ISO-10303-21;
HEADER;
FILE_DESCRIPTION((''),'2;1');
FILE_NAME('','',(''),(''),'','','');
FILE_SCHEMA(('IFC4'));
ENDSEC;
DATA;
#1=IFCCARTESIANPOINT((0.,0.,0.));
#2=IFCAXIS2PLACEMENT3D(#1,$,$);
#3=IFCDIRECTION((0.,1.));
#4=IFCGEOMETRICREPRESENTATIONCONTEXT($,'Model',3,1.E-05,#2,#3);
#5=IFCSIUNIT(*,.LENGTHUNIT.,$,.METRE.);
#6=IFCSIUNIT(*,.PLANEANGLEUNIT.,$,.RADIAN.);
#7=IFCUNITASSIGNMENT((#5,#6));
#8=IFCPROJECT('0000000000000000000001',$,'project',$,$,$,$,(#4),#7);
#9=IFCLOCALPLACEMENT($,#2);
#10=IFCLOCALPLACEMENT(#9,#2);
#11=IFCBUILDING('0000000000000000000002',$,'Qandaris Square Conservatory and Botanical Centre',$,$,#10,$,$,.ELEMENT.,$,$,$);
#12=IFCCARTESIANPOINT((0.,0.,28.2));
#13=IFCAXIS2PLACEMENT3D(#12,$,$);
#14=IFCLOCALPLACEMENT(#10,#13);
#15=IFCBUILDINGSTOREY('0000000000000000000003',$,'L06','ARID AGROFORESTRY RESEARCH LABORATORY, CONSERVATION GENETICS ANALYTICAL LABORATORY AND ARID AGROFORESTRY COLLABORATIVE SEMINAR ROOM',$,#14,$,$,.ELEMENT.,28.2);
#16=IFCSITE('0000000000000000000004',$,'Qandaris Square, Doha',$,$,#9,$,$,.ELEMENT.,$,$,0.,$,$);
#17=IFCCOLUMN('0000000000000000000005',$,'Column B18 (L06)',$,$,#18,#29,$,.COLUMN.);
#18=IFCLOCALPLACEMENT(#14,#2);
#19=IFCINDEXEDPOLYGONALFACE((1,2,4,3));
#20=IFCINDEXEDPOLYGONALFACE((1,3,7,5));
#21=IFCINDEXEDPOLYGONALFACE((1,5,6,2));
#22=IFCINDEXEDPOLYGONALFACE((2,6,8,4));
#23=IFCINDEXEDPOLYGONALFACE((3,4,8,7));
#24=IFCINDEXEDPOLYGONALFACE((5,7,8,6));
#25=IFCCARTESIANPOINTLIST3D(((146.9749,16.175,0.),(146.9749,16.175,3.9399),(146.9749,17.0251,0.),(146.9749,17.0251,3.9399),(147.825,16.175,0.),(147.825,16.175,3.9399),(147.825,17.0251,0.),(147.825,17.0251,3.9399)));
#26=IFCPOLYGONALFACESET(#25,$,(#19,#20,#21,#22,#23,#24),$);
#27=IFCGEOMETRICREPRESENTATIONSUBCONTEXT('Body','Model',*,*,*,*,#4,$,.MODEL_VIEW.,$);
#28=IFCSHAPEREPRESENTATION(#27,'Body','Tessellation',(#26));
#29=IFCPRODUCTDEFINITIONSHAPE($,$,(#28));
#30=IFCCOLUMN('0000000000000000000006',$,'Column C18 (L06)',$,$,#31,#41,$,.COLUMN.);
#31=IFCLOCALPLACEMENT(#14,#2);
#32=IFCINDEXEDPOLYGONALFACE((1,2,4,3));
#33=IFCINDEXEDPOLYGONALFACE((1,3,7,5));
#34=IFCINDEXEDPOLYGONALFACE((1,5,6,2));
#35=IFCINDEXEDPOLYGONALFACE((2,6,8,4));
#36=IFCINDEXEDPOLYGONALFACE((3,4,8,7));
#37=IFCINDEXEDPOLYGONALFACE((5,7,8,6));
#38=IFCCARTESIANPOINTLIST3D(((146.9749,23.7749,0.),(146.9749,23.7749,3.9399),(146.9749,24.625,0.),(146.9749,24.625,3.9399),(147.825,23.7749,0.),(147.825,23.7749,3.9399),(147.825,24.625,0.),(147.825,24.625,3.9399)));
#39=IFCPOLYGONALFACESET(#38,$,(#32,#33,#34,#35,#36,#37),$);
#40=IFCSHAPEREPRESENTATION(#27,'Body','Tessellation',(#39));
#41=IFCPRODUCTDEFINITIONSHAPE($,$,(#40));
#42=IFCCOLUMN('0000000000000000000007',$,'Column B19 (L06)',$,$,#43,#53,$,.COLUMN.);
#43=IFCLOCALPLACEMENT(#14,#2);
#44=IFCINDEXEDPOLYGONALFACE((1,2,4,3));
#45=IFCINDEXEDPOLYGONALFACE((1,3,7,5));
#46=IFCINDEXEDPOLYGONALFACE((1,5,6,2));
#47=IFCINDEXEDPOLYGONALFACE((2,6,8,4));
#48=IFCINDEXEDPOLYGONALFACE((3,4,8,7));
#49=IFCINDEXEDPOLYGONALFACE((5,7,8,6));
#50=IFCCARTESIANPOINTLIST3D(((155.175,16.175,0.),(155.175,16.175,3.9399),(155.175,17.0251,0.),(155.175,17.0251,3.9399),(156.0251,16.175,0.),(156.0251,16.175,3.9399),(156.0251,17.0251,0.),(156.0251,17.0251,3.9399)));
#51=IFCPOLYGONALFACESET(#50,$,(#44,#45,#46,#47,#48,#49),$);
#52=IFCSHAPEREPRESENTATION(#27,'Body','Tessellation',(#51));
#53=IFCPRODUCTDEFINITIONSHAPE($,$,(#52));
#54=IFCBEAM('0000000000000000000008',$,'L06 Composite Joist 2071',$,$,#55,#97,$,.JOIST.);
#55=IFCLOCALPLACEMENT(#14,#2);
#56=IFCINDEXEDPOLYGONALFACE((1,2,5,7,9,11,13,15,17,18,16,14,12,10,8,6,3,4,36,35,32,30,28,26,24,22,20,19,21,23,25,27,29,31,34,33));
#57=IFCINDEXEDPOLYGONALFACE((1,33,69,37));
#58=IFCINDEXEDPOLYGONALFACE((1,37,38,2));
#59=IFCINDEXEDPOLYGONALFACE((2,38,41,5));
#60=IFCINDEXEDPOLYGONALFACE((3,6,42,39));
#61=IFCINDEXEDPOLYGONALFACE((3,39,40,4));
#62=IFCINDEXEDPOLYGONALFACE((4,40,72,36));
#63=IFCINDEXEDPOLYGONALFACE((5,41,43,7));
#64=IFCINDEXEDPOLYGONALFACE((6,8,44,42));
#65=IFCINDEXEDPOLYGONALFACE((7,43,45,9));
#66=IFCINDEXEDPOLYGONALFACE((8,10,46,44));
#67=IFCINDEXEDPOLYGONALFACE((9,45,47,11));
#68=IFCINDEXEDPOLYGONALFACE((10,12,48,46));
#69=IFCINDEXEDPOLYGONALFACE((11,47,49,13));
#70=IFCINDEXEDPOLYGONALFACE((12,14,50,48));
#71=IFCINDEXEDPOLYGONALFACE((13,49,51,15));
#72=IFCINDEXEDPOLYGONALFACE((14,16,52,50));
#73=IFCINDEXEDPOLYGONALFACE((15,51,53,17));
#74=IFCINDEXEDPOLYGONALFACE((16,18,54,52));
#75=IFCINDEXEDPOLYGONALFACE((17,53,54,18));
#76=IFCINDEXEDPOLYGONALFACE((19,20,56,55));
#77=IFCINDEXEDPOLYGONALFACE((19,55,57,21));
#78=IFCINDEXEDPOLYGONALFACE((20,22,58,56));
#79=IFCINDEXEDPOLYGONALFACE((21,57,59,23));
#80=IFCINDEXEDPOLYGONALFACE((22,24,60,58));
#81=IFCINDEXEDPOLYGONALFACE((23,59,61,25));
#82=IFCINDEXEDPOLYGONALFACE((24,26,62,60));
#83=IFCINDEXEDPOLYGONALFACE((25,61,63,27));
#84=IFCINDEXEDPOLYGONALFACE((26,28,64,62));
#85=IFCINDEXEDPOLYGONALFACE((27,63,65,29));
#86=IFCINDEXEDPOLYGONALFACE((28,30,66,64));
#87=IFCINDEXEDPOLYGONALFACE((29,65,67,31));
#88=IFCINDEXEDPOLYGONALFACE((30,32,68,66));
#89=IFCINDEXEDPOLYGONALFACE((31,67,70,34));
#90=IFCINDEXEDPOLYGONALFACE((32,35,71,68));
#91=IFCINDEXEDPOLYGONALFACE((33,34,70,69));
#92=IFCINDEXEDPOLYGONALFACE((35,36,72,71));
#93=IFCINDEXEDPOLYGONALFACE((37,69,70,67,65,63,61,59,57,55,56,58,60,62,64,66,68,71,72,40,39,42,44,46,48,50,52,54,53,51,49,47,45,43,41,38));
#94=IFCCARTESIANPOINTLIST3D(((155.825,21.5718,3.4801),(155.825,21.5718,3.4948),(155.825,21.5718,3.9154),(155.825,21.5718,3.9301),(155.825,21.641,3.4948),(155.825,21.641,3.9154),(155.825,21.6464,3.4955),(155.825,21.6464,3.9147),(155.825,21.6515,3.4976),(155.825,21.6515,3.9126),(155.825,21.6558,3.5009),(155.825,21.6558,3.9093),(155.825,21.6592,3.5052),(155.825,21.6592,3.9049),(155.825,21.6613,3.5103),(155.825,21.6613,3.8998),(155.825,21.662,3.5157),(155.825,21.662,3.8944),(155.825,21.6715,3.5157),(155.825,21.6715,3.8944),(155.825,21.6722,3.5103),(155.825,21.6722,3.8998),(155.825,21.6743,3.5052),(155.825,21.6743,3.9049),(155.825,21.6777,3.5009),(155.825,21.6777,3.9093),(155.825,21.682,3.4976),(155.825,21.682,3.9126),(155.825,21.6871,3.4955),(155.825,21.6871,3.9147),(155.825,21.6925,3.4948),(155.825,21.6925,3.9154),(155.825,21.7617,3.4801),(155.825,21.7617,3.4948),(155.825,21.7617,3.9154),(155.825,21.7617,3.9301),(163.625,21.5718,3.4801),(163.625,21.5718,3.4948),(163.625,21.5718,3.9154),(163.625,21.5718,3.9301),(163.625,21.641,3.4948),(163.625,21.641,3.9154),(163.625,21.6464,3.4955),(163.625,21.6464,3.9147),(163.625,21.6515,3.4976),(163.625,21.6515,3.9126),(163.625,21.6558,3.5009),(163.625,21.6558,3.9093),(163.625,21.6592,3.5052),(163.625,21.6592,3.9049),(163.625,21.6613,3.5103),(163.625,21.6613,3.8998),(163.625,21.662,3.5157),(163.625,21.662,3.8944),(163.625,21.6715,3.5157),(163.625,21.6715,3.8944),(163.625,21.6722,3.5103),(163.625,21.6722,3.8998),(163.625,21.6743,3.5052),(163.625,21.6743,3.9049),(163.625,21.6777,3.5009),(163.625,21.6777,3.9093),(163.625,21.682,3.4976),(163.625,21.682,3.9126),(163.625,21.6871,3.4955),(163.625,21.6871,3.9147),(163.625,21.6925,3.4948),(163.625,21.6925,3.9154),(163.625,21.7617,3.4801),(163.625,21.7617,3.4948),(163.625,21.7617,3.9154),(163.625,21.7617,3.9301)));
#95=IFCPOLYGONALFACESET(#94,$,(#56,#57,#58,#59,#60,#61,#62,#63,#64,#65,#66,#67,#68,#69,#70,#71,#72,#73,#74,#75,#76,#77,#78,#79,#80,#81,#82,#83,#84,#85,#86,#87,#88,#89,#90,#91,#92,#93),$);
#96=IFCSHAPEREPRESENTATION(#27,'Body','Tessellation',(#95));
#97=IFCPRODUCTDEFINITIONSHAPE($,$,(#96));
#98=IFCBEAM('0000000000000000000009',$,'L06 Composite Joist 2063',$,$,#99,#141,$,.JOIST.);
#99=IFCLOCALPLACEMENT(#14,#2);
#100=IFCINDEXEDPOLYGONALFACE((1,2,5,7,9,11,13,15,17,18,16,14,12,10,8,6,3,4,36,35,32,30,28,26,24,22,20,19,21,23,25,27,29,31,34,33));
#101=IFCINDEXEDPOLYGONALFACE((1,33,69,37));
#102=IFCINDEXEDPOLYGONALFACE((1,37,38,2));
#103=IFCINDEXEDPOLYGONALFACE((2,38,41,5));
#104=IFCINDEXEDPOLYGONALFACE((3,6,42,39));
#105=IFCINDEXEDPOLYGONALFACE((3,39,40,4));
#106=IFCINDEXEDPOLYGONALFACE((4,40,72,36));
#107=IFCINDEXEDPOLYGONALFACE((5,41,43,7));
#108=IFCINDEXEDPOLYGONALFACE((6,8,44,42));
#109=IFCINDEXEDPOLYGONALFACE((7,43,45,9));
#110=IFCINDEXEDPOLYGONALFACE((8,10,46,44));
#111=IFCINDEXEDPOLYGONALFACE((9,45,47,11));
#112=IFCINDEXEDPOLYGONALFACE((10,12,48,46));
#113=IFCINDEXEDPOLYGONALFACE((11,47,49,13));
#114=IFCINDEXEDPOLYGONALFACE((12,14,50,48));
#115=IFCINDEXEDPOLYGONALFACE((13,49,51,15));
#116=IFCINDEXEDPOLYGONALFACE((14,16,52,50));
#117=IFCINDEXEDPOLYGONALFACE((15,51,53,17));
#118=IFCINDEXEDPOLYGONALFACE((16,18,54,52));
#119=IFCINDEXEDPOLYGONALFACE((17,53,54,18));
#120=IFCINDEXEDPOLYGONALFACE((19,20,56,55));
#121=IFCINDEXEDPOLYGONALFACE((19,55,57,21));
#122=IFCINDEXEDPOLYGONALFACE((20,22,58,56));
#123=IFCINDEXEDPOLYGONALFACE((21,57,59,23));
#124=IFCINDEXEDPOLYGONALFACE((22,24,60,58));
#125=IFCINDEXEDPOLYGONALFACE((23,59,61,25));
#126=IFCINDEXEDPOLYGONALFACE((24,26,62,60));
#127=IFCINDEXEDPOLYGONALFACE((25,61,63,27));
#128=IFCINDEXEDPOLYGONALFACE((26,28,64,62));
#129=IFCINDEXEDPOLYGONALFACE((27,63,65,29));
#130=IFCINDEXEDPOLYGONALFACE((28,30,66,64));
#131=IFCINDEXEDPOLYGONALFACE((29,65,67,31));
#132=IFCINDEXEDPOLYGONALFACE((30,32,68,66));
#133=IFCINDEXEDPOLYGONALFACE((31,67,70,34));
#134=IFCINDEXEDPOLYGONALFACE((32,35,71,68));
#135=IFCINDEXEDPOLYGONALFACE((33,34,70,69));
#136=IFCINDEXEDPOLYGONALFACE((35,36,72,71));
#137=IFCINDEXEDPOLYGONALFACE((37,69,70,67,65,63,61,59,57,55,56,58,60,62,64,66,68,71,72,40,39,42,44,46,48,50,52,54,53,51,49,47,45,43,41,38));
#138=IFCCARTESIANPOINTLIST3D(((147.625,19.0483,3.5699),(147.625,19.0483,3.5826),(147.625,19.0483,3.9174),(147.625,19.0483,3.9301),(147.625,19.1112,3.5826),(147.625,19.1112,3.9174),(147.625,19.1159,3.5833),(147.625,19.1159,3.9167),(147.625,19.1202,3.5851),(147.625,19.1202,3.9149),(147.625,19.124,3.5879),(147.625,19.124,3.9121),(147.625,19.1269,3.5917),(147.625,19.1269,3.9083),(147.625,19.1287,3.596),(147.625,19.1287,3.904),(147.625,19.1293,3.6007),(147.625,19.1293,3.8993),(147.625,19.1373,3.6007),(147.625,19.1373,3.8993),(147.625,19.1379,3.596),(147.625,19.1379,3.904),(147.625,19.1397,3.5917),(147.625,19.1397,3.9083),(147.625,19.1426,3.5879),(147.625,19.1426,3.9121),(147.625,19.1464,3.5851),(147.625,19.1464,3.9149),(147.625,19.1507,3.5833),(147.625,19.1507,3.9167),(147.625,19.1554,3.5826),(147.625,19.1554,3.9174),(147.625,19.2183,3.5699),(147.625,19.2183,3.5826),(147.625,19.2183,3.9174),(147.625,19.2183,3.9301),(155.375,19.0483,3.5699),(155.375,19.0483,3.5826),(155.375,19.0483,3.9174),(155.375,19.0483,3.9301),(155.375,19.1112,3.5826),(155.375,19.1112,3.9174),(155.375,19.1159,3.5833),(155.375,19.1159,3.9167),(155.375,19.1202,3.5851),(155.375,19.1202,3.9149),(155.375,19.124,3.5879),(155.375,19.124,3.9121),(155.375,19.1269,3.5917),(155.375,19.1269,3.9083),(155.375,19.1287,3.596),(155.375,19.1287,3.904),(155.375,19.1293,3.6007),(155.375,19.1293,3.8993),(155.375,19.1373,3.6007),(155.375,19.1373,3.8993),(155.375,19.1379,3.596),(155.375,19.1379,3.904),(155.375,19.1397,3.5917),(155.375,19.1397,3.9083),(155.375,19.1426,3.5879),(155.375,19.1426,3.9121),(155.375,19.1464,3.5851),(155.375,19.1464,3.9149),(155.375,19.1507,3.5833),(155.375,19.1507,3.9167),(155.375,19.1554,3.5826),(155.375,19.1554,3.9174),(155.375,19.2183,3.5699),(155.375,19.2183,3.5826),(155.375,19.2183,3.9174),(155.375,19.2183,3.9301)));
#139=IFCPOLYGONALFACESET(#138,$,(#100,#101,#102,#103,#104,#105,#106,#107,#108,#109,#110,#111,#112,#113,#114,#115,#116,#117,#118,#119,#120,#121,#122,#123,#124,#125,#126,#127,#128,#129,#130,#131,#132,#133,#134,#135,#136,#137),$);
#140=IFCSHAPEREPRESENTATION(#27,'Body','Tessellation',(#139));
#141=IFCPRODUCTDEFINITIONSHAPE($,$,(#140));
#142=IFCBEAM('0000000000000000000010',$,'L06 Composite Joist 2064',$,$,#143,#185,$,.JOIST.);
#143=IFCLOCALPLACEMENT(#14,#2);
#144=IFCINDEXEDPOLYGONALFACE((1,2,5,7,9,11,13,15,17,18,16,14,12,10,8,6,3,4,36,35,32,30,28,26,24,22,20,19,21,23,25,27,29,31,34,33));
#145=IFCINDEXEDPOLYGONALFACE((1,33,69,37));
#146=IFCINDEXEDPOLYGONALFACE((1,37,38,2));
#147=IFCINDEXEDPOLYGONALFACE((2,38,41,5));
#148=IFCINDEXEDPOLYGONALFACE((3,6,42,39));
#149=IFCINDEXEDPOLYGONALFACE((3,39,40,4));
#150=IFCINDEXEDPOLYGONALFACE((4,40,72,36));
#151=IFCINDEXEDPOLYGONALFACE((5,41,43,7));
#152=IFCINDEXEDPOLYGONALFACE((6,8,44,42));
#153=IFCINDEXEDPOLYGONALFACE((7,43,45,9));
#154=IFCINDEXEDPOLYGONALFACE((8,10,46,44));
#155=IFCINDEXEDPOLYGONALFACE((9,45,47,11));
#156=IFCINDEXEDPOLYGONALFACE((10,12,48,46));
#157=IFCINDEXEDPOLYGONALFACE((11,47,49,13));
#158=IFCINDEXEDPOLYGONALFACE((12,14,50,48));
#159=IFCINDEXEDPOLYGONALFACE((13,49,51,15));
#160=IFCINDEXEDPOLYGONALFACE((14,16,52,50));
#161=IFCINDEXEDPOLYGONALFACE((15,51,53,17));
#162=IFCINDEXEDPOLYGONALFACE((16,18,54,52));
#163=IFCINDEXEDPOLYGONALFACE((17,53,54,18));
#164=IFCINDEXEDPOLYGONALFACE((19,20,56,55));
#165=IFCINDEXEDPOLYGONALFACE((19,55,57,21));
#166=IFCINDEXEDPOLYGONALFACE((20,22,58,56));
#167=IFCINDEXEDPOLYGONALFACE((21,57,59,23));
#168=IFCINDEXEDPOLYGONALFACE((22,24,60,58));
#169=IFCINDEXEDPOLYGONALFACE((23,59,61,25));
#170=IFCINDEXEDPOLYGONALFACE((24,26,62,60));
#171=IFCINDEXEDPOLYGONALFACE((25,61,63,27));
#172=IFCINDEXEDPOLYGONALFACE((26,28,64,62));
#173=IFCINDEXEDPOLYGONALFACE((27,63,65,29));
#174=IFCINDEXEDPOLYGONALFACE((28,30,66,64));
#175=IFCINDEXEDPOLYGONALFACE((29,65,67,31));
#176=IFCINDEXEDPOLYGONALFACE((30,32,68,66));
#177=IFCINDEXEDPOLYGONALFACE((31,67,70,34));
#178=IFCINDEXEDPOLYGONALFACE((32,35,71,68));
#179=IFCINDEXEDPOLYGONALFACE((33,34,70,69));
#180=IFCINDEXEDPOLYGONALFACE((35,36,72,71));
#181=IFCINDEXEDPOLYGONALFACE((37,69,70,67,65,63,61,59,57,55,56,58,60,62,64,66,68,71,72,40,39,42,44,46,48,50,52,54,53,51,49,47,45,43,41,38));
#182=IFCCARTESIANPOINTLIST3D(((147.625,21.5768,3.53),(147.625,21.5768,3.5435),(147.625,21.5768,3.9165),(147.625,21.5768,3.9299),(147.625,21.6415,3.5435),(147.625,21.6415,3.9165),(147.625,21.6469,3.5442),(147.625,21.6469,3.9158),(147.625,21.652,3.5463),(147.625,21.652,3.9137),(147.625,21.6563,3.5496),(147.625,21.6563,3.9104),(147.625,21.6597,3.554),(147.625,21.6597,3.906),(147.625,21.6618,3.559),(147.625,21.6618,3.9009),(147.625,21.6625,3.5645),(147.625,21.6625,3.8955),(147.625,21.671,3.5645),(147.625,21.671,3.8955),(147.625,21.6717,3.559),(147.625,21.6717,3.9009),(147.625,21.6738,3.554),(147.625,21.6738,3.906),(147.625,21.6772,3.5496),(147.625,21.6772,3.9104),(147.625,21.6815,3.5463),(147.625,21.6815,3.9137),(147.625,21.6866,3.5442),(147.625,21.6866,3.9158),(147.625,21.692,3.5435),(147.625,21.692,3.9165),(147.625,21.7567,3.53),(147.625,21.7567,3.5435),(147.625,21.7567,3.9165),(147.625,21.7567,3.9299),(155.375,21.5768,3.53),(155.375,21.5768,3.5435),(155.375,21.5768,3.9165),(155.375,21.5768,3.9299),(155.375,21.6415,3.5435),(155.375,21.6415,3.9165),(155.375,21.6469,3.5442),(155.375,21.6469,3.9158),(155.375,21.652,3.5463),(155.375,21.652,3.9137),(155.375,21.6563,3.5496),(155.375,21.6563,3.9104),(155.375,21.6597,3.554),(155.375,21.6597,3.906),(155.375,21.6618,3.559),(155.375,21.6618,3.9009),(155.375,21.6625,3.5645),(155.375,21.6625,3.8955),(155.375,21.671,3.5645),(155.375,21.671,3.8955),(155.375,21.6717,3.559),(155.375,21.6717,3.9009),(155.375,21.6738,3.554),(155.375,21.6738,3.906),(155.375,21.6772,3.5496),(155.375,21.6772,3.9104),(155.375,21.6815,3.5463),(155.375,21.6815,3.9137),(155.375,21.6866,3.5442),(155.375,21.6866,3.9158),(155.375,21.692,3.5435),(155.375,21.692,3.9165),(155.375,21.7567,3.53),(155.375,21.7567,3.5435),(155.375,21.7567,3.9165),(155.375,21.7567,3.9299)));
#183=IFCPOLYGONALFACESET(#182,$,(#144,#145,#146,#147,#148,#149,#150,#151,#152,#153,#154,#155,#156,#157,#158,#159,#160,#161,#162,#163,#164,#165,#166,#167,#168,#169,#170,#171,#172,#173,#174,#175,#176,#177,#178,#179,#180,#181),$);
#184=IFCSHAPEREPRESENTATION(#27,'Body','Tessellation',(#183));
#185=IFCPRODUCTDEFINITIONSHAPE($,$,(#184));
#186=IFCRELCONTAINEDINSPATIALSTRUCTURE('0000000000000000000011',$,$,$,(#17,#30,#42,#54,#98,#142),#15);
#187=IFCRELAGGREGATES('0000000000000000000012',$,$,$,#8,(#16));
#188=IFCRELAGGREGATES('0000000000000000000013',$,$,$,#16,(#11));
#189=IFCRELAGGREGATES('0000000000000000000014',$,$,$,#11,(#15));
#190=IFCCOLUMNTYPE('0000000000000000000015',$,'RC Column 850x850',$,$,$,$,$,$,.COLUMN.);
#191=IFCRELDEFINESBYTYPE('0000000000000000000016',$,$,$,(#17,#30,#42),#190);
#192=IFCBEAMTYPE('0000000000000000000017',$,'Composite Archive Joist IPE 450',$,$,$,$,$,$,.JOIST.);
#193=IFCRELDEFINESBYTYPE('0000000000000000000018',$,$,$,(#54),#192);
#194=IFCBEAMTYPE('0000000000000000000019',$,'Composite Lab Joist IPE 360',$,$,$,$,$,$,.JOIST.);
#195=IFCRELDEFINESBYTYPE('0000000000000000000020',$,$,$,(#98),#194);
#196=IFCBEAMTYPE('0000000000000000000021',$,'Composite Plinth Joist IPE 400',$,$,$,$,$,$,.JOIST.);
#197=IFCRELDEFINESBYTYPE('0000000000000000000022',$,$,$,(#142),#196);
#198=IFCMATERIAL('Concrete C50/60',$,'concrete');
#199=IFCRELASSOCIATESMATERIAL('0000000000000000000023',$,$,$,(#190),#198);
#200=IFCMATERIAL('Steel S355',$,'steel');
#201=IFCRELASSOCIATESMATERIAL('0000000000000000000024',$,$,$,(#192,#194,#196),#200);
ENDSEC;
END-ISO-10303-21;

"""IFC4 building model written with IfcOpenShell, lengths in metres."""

from ifc_helpers import new_model, si_unit, direction, frame, origin, origin_2d, place, context, subcontext, project, spatial, rectangle, i_section, extrude, material, material_profile, profile_set, type_object, element, save


model = new_model("IFC4")

# Units and contexts
model_context = context("Model", 3, precision=1e-05, world=origin(), true_north=direction((0.0, 1.0)))
body_context = subcontext(model_context, "Body", "Model", "MODEL_VIEW")
ifc_project = project(units=[si_unit("LENGTHUNIT", "METRE"), si_unit("PLANEANGLEUNIT", "RADIAN")], contexts=[model_context])

# Site, building, storey
site_placement = place(None, origin())
site = spatial("IfcSite", under=ifc_project, at=site_placement, Name="Qandaris Square, Doha", CompositionType="ELEMENT", RefElevation=0.0)
building_placement = place(site_placement, origin())
building = spatial("IfcBuilding", under=site, at=building_placement, Name="Qandaris Square Conservatory and Botanical Centre", CompositionType="ELEMENT")
storey_placement = place(building_placement, frame((0.0, 0.0, 28.2)))
storey = spatial("IfcBuildingStorey", under=building, at=storey_placement, Name="L06", Description="ARID AGROFORESTRY RESEARCH LABORATORY, CONSERVATION GENETICS ANALYTICAL LABORATORY AND ARID AGROFORESTRY COLLABORATIVE SEMINAR ROOM", CompositionType="ELEMENT", Elevation=28.2)

# Columns
ifc_material_1 = material(Name="Concrete C50/60", Category="concrete")
ifc_material_profile_1 = material_profile(ifc_material_1, rectangle(XDim=0.8501, YDim=0.8501, at=origin_2d()), Name="RC-COL 850x850")
ifc_profile_set_1 = profile_set([ifc_material_profile_1], Name="Concrete C50/60")
column_type = type_object("IfcColumnType", Name="RC Column 850x850", PredefinedType="COLUMN", material=ifc_profile_set_1)
for number, where, z_axis, x_axis, name in (
    (1, (147.3999, 16.6001, 0.0), (0.0, 0.0, 1.0), (1.0, 0.0, 0.0), "Column B18 (L06)"),
    (2, (147.3999, 24.2, 0.0), (0.0, 0.0, 1.0), (1.0, 0.0, 0.0), "Column C18 (L06)"),
    (3, (155.6001, 16.6001, 0.0), (0.0, 0.0, 1.0), (1.0, 0.0, 0.0), "Column B19 (L06)"),
):
    element("IfcColumn", number, at=place(storey_placement, frame(where, z_axis=z_axis, x_axis=x_axis)), inside=storey, type_object=column_type, Name=name, PredefinedType="COLUMN", context=body_context, shape_type="SweptSolid", body=[
        extrude(rectangle(XDim=0.8501, YDim=0.8501, at=origin_2d()), origin(), (0.0, 0.0, 1.0), 3.9399),
    ])

# Beams
ifc_material_2 = material(Name="Steel S355", Category="steel")
ifc_material_profile_2 = material_profile(ifc_material_2, i_section(OverallWidth=0.1899, OverallDepth=0.45, WebThickness=0.0095, FlangeThickness=0.0146, FilletRadius=0.021, at=origin_2d()), Name="IPE 450")
ifc_profile_set_2 = profile_set([ifc_material_profile_2], Name="Steel S355")
beam_type_1 = type_object("IfcBeamType", Name="Composite Archive Joist IPE 450", PredefinedType="JOIST", material=ifc_profile_set_2)
beam_1_placement = place(storey_placement, frame((155.825, 21.6667, 3.7051), z_axis=(1.0, 0.0, 0.0), x_axis=(0.0, 1.0, 0.0)))
element("IfcBeam", 4, at=beam_1_placement, inside=storey, type_object=beam_type_1, Name="L06 Composite Joist 2071", PredefinedType="JOIST", context=body_context, shape_type="SweptSolid", body=[
    extrude(i_section(OverallWidth=0.1899, OverallDepth=0.45, WebThickness=0.0095, FlangeThickness=0.0146, FilletRadius=0.021, at=origin_2d()), origin(), (0.0, 0.0, 1.0), 7.8),
])
ifc_material_profile_3 = material_profile(ifc_material_2, i_section(OverallWidth=0.1699, OverallDepth=0.3601, WebThickness=0.0081, FlangeThickness=0.0127, FilletRadius=0.0181, at=origin_2d()), Name="IPE 360")
ifc_profile_set_3 = profile_set([ifc_material_profile_3], Name="Steel S355")
beam_type_2 = type_object("IfcBeamType", Name="Composite Lab Joist IPE 360", PredefinedType="JOIST", material=ifc_profile_set_3)
beam_2_placement = place(storey_placement, frame((147.625, 19.1333, 3.75), z_axis=(1.0, 0.0, 0.0), x_axis=(0.0, 1.0, 0.0)))
element("IfcBeam", 5, at=beam_2_placement, inside=storey, type_object=beam_type_2, Name="L06 Composite Joist 2063", PredefinedType="JOIST", context=body_context, shape_type="SweptSolid", body=[
    extrude(i_section(OverallWidth=0.1699, OverallDepth=0.3601, WebThickness=0.0081, FlangeThickness=0.0127, FilletRadius=0.0181, at=origin_2d()), origin(), (0.0, 0.0, 1.0), 7.75),
])
ifc_material_profile_4 = material_profile(ifc_material_2, i_section(OverallWidth=0.1799, OverallDepth=0.3999, WebThickness=0.0085, FlangeThickness=0.0134, FilletRadius=0.021, at=origin_2d()), Name="IPE 400")
ifc_profile_set_4 = profile_set([ifc_material_profile_4], Name="Steel S355")
beam_type_3 = type_object("IfcBeamType", Name="Composite Plinth Joist IPE 400", PredefinedType="JOIST", material=ifc_profile_set_4)
beam_3_placement = place(storey_placement, frame((147.625, 21.6667, 3.73), z_axis=(1.0, 0.0, 0.0), x_axis=(0.0, 1.0, 0.0)))
element("IfcBeam", 6, at=beam_3_placement, inside=storey, type_object=beam_type_3, Name="L06 Composite Joist 2064", PredefinedType="JOIST", context=body_context, shape_type="SweptSolid", body=[
    extrude(i_section(OverallWidth=0.1799, OverallDepth=0.3999, WebThickness=0.0085, FlangeThickness=0.0134, FilletRadius=0.021, at=origin_2d()), origin(), (0.0, 0.0, 1.0), 7.75),
])

save(model, "model.ifc")
